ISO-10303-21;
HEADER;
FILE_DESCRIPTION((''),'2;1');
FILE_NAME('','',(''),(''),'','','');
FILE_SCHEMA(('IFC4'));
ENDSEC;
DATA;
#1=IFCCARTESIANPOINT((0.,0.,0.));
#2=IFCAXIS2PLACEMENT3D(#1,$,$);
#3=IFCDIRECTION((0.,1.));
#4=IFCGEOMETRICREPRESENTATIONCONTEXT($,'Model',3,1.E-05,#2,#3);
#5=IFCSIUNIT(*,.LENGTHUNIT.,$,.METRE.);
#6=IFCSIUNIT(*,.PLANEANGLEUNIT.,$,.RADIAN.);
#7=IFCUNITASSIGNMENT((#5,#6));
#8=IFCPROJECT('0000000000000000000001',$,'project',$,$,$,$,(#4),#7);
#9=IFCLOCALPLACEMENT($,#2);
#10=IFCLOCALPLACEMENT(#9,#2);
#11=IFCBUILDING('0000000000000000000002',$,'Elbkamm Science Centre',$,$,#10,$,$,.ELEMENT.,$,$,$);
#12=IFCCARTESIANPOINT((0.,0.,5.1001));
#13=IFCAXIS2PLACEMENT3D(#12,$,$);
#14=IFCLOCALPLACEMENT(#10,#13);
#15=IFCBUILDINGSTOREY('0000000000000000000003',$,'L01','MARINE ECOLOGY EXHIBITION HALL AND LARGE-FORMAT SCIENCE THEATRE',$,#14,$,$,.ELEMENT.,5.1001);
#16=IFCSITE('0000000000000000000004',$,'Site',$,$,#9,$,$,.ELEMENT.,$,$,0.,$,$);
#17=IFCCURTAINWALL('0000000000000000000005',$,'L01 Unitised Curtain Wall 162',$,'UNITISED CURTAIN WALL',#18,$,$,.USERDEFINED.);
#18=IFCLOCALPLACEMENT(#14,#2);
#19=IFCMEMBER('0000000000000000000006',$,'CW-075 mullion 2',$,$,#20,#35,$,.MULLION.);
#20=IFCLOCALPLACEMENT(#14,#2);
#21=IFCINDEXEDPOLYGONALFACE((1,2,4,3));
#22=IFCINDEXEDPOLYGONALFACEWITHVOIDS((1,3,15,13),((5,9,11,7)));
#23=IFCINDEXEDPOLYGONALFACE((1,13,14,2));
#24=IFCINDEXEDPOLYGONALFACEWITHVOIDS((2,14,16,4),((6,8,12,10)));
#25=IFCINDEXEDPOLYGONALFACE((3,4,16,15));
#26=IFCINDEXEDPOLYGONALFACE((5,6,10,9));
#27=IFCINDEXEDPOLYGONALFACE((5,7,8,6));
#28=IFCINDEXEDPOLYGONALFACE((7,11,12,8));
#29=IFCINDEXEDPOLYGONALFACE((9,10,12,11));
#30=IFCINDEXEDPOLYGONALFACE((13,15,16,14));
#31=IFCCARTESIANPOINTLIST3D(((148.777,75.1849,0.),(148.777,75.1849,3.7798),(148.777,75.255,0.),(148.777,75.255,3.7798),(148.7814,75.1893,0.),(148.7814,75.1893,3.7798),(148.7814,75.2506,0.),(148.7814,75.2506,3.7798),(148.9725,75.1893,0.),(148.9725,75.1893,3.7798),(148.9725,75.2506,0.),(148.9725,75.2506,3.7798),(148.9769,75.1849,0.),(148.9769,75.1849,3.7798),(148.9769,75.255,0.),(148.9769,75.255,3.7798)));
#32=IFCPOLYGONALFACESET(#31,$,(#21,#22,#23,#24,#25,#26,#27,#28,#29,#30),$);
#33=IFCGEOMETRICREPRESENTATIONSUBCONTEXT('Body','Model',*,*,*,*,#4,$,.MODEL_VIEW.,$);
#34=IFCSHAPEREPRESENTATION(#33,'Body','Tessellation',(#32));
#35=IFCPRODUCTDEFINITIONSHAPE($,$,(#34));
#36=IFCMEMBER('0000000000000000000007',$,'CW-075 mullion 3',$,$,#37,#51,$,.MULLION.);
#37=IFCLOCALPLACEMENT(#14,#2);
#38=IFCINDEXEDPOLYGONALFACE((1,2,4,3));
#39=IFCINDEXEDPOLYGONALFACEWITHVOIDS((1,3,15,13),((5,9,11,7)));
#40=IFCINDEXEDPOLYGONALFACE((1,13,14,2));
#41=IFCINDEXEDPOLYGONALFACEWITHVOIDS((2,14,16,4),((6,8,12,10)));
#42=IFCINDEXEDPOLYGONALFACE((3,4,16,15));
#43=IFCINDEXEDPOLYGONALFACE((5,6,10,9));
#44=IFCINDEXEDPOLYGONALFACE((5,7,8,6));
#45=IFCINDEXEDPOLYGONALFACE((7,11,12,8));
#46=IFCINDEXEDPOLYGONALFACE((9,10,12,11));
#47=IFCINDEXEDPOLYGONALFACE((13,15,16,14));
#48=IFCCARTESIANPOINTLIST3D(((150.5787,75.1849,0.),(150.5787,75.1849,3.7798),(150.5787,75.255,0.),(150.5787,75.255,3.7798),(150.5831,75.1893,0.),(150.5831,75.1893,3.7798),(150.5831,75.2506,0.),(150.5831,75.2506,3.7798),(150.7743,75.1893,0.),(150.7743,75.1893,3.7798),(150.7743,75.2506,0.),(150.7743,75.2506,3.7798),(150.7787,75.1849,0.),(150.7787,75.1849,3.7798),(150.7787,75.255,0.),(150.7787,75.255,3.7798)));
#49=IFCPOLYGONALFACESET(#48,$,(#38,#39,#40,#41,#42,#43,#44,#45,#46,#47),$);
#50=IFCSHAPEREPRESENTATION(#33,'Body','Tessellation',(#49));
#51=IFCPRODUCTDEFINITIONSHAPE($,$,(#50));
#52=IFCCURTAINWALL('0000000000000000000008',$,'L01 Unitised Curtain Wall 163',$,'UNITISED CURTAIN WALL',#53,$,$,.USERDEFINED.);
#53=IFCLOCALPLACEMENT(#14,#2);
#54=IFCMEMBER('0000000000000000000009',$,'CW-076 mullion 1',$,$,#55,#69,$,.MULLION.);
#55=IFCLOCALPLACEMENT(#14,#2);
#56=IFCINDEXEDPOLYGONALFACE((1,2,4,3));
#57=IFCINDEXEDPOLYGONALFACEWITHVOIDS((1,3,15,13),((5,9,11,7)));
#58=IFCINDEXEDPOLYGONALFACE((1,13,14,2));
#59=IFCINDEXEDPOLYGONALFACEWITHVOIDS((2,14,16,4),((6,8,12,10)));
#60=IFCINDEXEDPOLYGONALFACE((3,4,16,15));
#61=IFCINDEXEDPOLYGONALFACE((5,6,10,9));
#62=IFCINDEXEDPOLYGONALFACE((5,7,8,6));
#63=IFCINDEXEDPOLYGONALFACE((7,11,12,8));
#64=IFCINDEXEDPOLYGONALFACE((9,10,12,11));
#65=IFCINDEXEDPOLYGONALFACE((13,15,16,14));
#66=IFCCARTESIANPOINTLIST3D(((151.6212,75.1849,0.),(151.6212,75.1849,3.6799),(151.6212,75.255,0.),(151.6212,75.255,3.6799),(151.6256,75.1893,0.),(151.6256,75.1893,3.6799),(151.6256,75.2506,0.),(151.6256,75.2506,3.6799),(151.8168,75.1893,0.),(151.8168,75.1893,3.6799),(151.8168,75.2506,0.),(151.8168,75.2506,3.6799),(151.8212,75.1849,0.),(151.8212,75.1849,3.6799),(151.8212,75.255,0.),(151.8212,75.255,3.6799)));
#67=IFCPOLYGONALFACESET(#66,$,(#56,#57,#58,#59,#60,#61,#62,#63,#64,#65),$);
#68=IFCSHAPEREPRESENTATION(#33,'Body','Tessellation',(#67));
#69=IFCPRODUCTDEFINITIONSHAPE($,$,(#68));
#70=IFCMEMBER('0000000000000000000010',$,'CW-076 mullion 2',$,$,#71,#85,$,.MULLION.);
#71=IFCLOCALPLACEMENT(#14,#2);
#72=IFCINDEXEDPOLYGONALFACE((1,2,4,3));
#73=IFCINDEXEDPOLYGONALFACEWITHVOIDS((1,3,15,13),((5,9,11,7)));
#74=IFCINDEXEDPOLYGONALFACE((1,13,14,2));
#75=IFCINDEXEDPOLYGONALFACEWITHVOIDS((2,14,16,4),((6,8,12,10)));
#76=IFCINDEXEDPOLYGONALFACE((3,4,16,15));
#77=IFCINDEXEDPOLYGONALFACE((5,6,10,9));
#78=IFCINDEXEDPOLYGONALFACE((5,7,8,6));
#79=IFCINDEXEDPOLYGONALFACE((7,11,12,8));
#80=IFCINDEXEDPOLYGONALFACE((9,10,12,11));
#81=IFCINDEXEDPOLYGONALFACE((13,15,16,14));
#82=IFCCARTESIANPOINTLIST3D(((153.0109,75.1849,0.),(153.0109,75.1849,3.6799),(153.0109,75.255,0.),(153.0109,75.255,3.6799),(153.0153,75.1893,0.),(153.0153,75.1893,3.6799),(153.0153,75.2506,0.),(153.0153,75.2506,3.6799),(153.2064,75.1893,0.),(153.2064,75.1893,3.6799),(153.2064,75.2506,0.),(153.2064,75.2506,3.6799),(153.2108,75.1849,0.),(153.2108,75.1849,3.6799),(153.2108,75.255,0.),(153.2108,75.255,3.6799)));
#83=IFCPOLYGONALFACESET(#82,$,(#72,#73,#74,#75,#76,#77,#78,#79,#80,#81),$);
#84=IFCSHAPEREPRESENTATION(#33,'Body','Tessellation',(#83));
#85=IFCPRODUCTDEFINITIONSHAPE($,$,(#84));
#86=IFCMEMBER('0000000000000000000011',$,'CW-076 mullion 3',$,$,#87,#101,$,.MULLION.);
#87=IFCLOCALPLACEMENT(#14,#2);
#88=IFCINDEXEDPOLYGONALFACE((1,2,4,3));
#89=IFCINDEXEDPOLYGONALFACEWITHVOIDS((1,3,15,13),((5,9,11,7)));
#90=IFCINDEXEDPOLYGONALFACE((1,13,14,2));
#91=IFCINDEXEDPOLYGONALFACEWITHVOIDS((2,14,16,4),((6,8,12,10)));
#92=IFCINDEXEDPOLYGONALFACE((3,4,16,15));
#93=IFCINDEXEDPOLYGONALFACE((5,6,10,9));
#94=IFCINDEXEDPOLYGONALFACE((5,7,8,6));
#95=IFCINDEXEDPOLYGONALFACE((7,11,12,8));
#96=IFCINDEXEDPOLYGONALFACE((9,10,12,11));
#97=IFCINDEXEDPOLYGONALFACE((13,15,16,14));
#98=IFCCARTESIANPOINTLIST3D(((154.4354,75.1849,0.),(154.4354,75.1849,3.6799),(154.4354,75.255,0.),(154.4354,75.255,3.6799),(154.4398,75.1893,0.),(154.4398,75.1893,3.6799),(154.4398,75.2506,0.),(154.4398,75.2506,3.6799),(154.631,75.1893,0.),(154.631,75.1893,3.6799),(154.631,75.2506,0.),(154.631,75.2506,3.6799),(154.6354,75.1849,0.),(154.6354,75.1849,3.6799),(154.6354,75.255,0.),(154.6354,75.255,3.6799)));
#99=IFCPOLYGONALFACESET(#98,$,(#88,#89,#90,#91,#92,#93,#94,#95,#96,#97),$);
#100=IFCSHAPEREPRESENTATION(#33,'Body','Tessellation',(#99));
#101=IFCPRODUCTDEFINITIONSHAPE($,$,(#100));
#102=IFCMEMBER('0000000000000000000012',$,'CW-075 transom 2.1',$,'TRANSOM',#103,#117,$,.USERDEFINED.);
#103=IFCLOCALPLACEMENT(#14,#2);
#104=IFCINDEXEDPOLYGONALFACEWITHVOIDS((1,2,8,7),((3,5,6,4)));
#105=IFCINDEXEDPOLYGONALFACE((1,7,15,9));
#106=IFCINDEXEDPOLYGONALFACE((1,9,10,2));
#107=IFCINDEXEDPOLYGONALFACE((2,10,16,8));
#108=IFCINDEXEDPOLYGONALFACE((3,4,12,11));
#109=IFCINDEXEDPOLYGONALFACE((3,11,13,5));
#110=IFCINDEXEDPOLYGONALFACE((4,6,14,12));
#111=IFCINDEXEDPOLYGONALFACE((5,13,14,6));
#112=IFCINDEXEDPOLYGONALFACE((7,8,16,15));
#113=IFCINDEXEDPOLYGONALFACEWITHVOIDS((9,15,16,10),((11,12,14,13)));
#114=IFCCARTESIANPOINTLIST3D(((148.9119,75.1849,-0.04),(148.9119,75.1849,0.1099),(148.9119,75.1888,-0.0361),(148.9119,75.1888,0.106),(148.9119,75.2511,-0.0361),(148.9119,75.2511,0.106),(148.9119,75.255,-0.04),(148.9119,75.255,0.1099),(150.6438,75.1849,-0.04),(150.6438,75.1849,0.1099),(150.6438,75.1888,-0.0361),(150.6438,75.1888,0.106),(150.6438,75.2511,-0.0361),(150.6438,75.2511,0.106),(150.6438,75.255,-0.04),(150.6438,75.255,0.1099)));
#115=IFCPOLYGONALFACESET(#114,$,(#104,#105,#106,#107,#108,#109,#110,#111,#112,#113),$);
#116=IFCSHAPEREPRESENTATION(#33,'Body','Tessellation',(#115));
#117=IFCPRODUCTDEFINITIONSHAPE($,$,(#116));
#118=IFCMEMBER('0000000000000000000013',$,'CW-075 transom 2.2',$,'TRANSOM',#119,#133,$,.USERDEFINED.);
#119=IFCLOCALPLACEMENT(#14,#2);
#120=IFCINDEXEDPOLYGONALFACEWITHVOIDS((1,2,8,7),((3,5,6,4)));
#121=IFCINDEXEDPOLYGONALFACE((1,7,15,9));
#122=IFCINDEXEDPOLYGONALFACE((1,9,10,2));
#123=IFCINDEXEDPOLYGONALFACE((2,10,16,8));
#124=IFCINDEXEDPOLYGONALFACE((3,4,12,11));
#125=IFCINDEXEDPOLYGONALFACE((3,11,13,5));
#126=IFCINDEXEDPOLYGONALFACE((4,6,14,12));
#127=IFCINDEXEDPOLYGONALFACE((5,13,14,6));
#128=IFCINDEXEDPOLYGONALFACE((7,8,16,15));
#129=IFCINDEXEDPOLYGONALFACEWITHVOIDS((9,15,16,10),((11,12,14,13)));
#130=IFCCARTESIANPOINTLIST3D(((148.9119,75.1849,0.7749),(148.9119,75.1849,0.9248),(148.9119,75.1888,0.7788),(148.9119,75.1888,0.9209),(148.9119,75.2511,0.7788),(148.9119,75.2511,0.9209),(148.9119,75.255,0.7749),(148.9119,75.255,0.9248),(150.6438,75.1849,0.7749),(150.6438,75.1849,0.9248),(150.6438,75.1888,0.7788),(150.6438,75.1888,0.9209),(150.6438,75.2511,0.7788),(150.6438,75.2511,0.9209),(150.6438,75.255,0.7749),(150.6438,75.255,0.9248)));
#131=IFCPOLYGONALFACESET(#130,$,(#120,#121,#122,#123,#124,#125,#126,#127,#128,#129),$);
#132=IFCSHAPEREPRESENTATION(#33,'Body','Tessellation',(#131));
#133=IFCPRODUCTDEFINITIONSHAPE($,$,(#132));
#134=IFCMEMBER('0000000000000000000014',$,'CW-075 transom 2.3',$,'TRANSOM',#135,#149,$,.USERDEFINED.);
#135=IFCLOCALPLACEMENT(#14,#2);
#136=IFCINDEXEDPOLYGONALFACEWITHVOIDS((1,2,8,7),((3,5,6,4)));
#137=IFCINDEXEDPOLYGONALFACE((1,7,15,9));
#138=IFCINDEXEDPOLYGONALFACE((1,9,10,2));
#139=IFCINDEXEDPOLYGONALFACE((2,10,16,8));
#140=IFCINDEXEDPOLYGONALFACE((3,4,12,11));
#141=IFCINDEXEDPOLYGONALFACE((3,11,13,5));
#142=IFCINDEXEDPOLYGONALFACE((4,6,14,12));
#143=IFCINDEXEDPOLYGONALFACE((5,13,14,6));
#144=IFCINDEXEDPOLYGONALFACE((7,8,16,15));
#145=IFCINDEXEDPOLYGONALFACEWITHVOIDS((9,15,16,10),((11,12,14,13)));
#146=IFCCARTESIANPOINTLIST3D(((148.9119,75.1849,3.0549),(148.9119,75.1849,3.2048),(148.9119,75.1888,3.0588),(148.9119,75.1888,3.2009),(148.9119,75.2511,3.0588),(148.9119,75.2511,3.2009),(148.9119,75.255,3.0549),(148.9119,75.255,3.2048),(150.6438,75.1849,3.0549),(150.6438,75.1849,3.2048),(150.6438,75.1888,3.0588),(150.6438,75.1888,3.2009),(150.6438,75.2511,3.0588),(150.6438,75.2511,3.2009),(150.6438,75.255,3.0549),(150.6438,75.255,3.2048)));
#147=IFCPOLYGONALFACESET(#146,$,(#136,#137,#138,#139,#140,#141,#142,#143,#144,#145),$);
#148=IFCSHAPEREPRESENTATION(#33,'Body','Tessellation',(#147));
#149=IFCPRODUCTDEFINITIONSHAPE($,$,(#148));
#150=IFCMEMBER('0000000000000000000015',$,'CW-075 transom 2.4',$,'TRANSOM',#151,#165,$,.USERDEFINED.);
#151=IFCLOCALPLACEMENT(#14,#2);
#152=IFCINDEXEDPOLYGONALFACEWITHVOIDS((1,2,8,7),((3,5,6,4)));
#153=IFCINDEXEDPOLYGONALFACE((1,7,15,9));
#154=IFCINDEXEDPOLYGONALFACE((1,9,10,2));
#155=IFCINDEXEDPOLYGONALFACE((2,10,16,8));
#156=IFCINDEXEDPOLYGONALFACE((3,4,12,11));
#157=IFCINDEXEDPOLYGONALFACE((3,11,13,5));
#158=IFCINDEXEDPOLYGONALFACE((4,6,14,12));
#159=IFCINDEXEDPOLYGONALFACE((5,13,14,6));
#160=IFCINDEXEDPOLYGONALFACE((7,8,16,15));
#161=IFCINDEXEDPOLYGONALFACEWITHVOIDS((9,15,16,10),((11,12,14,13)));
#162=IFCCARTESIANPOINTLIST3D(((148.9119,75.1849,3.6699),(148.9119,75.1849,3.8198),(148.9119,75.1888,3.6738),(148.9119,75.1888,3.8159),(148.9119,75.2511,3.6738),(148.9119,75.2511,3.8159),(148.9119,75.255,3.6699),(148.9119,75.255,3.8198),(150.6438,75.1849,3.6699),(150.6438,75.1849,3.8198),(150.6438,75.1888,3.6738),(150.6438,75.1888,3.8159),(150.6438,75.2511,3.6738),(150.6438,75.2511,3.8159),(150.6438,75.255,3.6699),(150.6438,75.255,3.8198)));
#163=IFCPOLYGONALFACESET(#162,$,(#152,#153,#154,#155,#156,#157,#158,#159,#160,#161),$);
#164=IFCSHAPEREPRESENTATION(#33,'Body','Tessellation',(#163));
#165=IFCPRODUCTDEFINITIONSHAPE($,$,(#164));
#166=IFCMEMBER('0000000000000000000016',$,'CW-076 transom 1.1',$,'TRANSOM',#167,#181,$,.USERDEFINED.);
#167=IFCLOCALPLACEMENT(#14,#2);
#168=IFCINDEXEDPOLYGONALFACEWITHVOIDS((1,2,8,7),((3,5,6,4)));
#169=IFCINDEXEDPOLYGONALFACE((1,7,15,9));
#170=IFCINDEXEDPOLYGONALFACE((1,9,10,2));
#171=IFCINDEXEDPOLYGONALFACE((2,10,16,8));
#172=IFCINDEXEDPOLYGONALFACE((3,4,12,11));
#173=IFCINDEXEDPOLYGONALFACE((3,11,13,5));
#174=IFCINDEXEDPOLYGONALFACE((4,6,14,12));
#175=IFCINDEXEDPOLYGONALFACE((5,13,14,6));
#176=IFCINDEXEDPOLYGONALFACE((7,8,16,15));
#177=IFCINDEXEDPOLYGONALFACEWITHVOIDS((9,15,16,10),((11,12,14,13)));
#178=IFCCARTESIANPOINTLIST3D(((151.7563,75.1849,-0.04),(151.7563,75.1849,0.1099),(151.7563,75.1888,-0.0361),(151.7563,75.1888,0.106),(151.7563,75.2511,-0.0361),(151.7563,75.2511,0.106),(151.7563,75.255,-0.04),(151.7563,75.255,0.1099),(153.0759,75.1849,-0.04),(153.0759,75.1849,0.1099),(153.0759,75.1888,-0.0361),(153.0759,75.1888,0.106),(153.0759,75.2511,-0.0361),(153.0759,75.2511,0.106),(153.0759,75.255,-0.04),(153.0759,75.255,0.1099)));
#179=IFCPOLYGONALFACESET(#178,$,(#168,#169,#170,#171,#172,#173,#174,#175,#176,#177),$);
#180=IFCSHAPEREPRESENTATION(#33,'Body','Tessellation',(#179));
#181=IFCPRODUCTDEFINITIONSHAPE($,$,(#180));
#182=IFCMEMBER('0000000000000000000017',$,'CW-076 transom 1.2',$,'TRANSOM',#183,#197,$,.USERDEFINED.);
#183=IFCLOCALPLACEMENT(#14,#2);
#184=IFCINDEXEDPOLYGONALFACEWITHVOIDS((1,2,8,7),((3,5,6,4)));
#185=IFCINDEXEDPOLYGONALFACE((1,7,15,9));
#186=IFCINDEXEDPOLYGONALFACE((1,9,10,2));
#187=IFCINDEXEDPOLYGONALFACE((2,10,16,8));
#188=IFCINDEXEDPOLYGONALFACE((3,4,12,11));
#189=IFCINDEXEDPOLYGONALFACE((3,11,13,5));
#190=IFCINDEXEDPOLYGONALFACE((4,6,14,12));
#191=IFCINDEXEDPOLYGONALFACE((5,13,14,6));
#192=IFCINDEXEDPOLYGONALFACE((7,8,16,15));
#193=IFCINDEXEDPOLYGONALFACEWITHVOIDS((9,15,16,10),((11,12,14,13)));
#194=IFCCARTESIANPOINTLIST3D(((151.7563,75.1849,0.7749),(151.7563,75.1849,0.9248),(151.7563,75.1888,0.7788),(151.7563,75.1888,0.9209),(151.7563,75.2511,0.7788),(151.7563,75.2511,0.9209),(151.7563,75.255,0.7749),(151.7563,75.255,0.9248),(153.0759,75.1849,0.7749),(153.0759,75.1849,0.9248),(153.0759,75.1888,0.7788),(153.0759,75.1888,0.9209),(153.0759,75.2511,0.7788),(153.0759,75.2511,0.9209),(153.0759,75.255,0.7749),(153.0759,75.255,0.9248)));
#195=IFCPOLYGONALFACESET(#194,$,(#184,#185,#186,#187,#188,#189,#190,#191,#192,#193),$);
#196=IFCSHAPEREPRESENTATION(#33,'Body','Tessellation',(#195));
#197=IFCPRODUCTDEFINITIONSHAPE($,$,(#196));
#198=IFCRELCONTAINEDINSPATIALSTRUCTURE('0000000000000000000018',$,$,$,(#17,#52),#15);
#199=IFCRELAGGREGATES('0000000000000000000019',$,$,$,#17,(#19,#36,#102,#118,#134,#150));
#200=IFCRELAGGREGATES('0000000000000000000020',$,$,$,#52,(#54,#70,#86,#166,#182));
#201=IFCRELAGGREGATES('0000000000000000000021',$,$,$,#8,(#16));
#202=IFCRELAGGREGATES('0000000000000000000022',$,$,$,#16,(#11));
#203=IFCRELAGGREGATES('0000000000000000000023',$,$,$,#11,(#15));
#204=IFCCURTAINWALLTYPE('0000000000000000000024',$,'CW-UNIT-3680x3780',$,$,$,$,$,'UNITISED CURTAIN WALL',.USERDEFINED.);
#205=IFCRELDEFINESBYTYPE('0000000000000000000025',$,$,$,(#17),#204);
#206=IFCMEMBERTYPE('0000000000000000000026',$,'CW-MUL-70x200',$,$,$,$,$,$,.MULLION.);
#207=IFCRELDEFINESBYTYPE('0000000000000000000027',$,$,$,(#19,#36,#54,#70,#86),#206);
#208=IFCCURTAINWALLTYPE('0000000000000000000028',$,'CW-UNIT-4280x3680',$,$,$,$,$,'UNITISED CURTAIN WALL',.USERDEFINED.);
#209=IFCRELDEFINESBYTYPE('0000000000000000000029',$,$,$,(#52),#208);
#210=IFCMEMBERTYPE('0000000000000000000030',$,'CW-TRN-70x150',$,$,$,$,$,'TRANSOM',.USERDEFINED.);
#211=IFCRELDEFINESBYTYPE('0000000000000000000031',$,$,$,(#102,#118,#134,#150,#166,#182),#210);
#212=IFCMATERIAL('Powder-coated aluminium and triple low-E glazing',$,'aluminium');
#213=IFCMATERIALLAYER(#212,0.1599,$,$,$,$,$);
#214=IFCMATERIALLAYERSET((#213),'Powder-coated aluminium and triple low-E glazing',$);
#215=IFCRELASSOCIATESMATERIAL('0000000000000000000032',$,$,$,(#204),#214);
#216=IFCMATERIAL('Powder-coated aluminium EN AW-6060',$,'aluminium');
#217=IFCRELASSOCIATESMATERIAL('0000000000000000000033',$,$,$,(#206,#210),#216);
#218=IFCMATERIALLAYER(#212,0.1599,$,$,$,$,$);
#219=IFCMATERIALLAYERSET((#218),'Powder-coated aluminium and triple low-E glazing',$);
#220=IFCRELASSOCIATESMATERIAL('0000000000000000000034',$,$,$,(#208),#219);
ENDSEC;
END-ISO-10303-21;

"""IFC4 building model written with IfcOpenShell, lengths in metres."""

from ifc_helpers import new_model, si_unit, direction, frame, origin, origin_2d, place, context, subcontext, project, spatial, hollow_rectangle, extrude, material, layer, layer_set, material_profile, profile_set, type_object, element, aggregate, save


model = new_model("IFC4")

# Units and contexts
model_context = context("Model", 3, precision=1e-05, world=origin(), true_north=direction((0.0, 1.0)))
body_context = subcontext(model_context, "Body", "Model", "MODEL_VIEW")
ifc_project = project(units=[si_unit("LENGTHUNIT", "METRE"), si_unit("PLANEANGLEUNIT", "RADIAN")], contexts=[model_context])

# Site, building, storey
site_placement = place(None, origin())
site = spatial("IfcSite", under=ifc_project, at=site_placement, Name="Site", CompositionType="ELEMENT", RefElevation=0.0)
building_placement = place(site_placement, origin())
building = spatial("IfcBuilding", under=site, at=building_placement, Name="Elbkamm Science Centre", CompositionType="ELEMENT")
storey_placement = place(building_placement, frame((0.0, 0.0, 5.1001)))
storey = spatial("IfcBuildingStorey", under=building, at=storey_placement, Name="L01", Description="MARINE ECOLOGY EXHIBITION HALL AND LARGE-FORMAT SCIENCE THEATRE", CompositionType="ELEMENT", Elevation=5.1001)

# Curtain walls, members
ifc_material_1 = material(Name="Powder-coated aluminium and triple low-E glazing", Category="aluminium")
ifc_layer_1 = layer(ifc_material_1, 0.1599)
ifc_layer_set_1 = layer_set([ifc_layer_1], Name="Powder-coated aluminium and triple low-E glazing")
curtain_wall_type_1 = type_object("IfcCurtainWallType", Name="CW-UNIT-3680x3780", ElementType="UNITISED CURTAIN WALL", PredefinedType="USERDEFINED", material=ifc_layer_set_1)
curtain_wall_1_placement = place(storey_placement, origin())
curtain_wall_1 = element("IfcCurtainWall", 1, at=curtain_wall_1_placement, inside=storey, type_object=curtain_wall_type_1, Name="L01 Unitised Curtain Wall 162", ObjectType="UNITISED CURTAIN WALL", PredefinedType="USERDEFINED")
ifc_material_2 = material(Name="Powder-coated aluminium EN AW-6060", Category="aluminium")
ifc_material_profile_1 = material_profile(ifc_material_2, hollow_rectangle(XDim=0.0701, YDim=0.2, WallThickness=0.0044, at=origin_2d()), Name="ALU M70x200")
ifc_profile_set_1 = profile_set([ifc_material_profile_1], Name="Powder-coated aluminium EN AW-6060")
member_type_1 = type_object("IfcMemberType", Name="CW-MUL-70x200", PredefinedType="MULLION", material=ifc_profile_set_1)
member_1_placement = place(storey_placement, frame((148.877, 75.22, 0.0), z_axis=(0.0, 0.0, 1.0), x_axis=(0.0, 1.0, 0.0)))
member_1 = element("IfcMember", 2, at=member_1_placement, type_object=member_type_1, Name="CW-075 mullion 2", PredefinedType="MULLION", context=body_context, shape_type="SweptSolid", body=[
    extrude(hollow_rectangle(XDim=0.0701, YDim=0.2, WallThickness=0.0044, at=origin_2d()), origin(), (0.0, 0.0, 1.0), 3.7798),
])
member_2_placement = place(storey_placement, frame((150.6787, 75.22, 0.0), z_axis=(0.0, 0.0, 1.0), x_axis=(0.0, 1.0, 0.0)))
member_2 = element("IfcMember", 3, at=member_2_placement, type_object=member_type_1, Name="CW-075 mullion 3", PredefinedType="MULLION", context=body_context, shape_type="SweptSolid", body=[
    extrude(hollow_rectangle(XDim=0.0701, YDim=0.2, WallThickness=0.0044, at=origin_2d()), origin(), (0.0, 0.0, 1.0), 3.7798),
])
ifc_layer_2 = layer(ifc_material_1, 0.1599)
ifc_layer_set_2 = layer_set([ifc_layer_2], Name="Powder-coated aluminium and triple low-E glazing")
curtain_wall_type_2 = type_object("IfcCurtainWallType", Name="CW-UNIT-4280x3680", ElementType="UNITISED CURTAIN WALL", PredefinedType="USERDEFINED", material=ifc_layer_set_2)
curtain_wall_2_placement = place(storey_placement, origin())
curtain_wall_2 = element("IfcCurtainWall", 4, at=curtain_wall_2_placement, inside=storey, type_object=curtain_wall_type_2, Name="L01 Unitised Curtain Wall 163", ObjectType="UNITISED CURTAIN WALL", PredefinedType="USERDEFINED")
member_3_placement = place(storey_placement, frame((151.7212, 75.22, 0.0), z_axis=(0.0, 0.0, 1.0), x_axis=(0.0, 1.0, 0.0)))
member_3 = element("IfcMember", 5, at=member_3_placement, type_object=member_type_1, Name="CW-076 mullion 1", PredefinedType="MULLION", context=body_context, shape_type="SweptSolid", body=[
    extrude(hollow_rectangle(XDim=0.0701, YDim=0.2, WallThickness=0.0044, at=origin_2d()), origin(), (0.0, 0.0, 1.0), 3.6799),
])
member_4_placement = place(storey_placement, frame((153.1108, 75.22, 0.0), z_axis=(0.0, 0.0, 1.0), x_axis=(0.0, 1.0, 0.0)))
member_4 = element("IfcMember", 6, at=member_4_placement, type_object=member_type_1, Name="CW-076 mullion 2", PredefinedType="MULLION", context=body_context, shape_type="SweptSolid", body=[
    extrude(hollow_rectangle(XDim=0.0701, YDim=0.2, WallThickness=0.0044, at=origin_2d()), origin(), (0.0, 0.0, 1.0), 3.6799),
])
member_5_placement = place(storey_placement, frame((154.5354, 75.22, 0.0), z_axis=(0.0, 0.0, 1.0), x_axis=(0.0, 1.0, 0.0)))
member_5 = element("IfcMember", 7, at=member_5_placement, type_object=member_type_1, Name="CW-076 mullion 3", PredefinedType="MULLION", context=body_context, shape_type="SweptSolid", body=[
    extrude(hollow_rectangle(XDim=0.0701, YDim=0.2, WallThickness=0.0044, at=origin_2d()), origin(), (0.0, 0.0, 1.0), 3.6799),
])

# Members
ifc_material_profile_2 = material_profile(ifc_material_2, hollow_rectangle(XDim=0.0701, YDim=0.1499, WallThickness=0.0039, at=origin_2d()), Name="ALU T70x150")
ifc_profile_set_2 = profile_set([ifc_material_profile_2], Name="Powder-coated aluminium EN AW-6060")
member_type_2 = type_object("IfcMemberType", Name="CW-TRN-70x150", ElementType="TRANSOM", PredefinedType="USERDEFINED", material=ifc_profile_set_2)
member_6_placement = place(storey_placement, frame((148.9119, 75.22, 0.0349), z_axis=(1.0, 0.0, 0.0), x_axis=(0.0, 1.0, 0.0)))
member_6 = element("IfcMember", 8, at=member_6_placement, type_object=member_type_2, Name="CW-075 transom 2.1", ObjectType="TRANSOM", PredefinedType="USERDEFINED", context=body_context, shape_type="SweptSolid", body=[
    extrude(hollow_rectangle(XDim=0.0701, YDim=0.1499, WallThickness=0.0039, at=origin_2d()), origin(), (0.0, 0.0, 1.0), 1.7319),
])
member_7_placement = place(storey_placement, frame((148.9119, 75.22, 0.8499), z_axis=(1.0, 0.0, 0.0), x_axis=(0.0, 1.0, 0.0)))
member_7 = element("IfcMember", 9, at=member_7_placement, type_object=member_type_2, Name="CW-075 transom 2.2", ObjectType="TRANSOM", PredefinedType="USERDEFINED", context=body_context, shape_type="SweptSolid", body=[
    extrude(hollow_rectangle(XDim=0.0701, YDim=0.1499, WallThickness=0.0039, at=origin_2d()), origin(), (0.0, 0.0, 1.0), 1.7319),
])
member_8_placement = place(storey_placement, frame((148.9119, 75.22, 3.1299), z_axis=(1.0, 0.0, 0.0), x_axis=(0.0, 1.0, 0.0)))
member_8 = element("IfcMember", 10, at=member_8_placement, type_object=member_type_2, Name="CW-075 transom 2.3", ObjectType="TRANSOM", PredefinedType="USERDEFINED", context=body_context, shape_type="SweptSolid", body=[
    extrude(hollow_rectangle(XDim=0.0701, YDim=0.1499, WallThickness=0.0039, at=origin_2d()), origin(), (0.0, 0.0, 1.0), 1.7319),
])
member_9_placement = place(storey_placement, frame((148.9119, 75.22, 3.7449), z_axis=(1.0, 0.0, 0.0), x_axis=(0.0, 1.0, 0.0)))
member_9 = element("IfcMember", 11, at=member_9_placement, type_object=member_type_2, Name="CW-075 transom 2.4", ObjectType="TRANSOM", PredefinedType="USERDEFINED", context=body_context, shape_type="SweptSolid", body=[
    extrude(hollow_rectangle(XDim=0.0701, YDim=0.1499, WallThickness=0.0039, at=origin_2d()), origin(), (0.0, 0.0, 1.0), 1.7319),
])
member_10_placement = place(storey_placement, frame((151.7563, 75.22, 0.0349), z_axis=(1.0, 0.0, 0.0), x_axis=(0.0, 1.0, 0.0)))
member_10 = element("IfcMember", 12, at=member_10_placement, type_object=member_type_2, Name="CW-076 transom 1.1", ObjectType="TRANSOM", PredefinedType="USERDEFINED", context=body_context, shape_type="SweptSolid", body=[
    extrude(hollow_rectangle(XDim=0.0701, YDim=0.1499, WallThickness=0.0039, at=origin_2d()), origin(), (0.0, 0.0, 1.0), 1.3196),
])
member_11_placement = place(storey_placement, frame((151.7563, 75.22, 0.8499), z_axis=(1.0, 0.0, 0.0), x_axis=(0.0, 1.0, 0.0)))
member_11 = element("IfcMember", 13, at=member_11_placement, type_object=member_type_2, Name="CW-076 transom 1.2", ObjectType="TRANSOM", PredefinedType="USERDEFINED", context=body_context, shape_type="SweptSolid", body=[
    extrude(hollow_rectangle(XDim=0.0701, YDim=0.1499, WallThickness=0.0039, at=origin_2d()), origin(), (0.0, 0.0, 1.0), 1.3196),
])

aggregate(curtain_wall_1, [member_1, member_2, member_6, member_7, member_8, member_9])
aggregate(curtain_wall_2, [member_3, member_4, member_5, member_10, member_11])

save(model, "model.ifc")
